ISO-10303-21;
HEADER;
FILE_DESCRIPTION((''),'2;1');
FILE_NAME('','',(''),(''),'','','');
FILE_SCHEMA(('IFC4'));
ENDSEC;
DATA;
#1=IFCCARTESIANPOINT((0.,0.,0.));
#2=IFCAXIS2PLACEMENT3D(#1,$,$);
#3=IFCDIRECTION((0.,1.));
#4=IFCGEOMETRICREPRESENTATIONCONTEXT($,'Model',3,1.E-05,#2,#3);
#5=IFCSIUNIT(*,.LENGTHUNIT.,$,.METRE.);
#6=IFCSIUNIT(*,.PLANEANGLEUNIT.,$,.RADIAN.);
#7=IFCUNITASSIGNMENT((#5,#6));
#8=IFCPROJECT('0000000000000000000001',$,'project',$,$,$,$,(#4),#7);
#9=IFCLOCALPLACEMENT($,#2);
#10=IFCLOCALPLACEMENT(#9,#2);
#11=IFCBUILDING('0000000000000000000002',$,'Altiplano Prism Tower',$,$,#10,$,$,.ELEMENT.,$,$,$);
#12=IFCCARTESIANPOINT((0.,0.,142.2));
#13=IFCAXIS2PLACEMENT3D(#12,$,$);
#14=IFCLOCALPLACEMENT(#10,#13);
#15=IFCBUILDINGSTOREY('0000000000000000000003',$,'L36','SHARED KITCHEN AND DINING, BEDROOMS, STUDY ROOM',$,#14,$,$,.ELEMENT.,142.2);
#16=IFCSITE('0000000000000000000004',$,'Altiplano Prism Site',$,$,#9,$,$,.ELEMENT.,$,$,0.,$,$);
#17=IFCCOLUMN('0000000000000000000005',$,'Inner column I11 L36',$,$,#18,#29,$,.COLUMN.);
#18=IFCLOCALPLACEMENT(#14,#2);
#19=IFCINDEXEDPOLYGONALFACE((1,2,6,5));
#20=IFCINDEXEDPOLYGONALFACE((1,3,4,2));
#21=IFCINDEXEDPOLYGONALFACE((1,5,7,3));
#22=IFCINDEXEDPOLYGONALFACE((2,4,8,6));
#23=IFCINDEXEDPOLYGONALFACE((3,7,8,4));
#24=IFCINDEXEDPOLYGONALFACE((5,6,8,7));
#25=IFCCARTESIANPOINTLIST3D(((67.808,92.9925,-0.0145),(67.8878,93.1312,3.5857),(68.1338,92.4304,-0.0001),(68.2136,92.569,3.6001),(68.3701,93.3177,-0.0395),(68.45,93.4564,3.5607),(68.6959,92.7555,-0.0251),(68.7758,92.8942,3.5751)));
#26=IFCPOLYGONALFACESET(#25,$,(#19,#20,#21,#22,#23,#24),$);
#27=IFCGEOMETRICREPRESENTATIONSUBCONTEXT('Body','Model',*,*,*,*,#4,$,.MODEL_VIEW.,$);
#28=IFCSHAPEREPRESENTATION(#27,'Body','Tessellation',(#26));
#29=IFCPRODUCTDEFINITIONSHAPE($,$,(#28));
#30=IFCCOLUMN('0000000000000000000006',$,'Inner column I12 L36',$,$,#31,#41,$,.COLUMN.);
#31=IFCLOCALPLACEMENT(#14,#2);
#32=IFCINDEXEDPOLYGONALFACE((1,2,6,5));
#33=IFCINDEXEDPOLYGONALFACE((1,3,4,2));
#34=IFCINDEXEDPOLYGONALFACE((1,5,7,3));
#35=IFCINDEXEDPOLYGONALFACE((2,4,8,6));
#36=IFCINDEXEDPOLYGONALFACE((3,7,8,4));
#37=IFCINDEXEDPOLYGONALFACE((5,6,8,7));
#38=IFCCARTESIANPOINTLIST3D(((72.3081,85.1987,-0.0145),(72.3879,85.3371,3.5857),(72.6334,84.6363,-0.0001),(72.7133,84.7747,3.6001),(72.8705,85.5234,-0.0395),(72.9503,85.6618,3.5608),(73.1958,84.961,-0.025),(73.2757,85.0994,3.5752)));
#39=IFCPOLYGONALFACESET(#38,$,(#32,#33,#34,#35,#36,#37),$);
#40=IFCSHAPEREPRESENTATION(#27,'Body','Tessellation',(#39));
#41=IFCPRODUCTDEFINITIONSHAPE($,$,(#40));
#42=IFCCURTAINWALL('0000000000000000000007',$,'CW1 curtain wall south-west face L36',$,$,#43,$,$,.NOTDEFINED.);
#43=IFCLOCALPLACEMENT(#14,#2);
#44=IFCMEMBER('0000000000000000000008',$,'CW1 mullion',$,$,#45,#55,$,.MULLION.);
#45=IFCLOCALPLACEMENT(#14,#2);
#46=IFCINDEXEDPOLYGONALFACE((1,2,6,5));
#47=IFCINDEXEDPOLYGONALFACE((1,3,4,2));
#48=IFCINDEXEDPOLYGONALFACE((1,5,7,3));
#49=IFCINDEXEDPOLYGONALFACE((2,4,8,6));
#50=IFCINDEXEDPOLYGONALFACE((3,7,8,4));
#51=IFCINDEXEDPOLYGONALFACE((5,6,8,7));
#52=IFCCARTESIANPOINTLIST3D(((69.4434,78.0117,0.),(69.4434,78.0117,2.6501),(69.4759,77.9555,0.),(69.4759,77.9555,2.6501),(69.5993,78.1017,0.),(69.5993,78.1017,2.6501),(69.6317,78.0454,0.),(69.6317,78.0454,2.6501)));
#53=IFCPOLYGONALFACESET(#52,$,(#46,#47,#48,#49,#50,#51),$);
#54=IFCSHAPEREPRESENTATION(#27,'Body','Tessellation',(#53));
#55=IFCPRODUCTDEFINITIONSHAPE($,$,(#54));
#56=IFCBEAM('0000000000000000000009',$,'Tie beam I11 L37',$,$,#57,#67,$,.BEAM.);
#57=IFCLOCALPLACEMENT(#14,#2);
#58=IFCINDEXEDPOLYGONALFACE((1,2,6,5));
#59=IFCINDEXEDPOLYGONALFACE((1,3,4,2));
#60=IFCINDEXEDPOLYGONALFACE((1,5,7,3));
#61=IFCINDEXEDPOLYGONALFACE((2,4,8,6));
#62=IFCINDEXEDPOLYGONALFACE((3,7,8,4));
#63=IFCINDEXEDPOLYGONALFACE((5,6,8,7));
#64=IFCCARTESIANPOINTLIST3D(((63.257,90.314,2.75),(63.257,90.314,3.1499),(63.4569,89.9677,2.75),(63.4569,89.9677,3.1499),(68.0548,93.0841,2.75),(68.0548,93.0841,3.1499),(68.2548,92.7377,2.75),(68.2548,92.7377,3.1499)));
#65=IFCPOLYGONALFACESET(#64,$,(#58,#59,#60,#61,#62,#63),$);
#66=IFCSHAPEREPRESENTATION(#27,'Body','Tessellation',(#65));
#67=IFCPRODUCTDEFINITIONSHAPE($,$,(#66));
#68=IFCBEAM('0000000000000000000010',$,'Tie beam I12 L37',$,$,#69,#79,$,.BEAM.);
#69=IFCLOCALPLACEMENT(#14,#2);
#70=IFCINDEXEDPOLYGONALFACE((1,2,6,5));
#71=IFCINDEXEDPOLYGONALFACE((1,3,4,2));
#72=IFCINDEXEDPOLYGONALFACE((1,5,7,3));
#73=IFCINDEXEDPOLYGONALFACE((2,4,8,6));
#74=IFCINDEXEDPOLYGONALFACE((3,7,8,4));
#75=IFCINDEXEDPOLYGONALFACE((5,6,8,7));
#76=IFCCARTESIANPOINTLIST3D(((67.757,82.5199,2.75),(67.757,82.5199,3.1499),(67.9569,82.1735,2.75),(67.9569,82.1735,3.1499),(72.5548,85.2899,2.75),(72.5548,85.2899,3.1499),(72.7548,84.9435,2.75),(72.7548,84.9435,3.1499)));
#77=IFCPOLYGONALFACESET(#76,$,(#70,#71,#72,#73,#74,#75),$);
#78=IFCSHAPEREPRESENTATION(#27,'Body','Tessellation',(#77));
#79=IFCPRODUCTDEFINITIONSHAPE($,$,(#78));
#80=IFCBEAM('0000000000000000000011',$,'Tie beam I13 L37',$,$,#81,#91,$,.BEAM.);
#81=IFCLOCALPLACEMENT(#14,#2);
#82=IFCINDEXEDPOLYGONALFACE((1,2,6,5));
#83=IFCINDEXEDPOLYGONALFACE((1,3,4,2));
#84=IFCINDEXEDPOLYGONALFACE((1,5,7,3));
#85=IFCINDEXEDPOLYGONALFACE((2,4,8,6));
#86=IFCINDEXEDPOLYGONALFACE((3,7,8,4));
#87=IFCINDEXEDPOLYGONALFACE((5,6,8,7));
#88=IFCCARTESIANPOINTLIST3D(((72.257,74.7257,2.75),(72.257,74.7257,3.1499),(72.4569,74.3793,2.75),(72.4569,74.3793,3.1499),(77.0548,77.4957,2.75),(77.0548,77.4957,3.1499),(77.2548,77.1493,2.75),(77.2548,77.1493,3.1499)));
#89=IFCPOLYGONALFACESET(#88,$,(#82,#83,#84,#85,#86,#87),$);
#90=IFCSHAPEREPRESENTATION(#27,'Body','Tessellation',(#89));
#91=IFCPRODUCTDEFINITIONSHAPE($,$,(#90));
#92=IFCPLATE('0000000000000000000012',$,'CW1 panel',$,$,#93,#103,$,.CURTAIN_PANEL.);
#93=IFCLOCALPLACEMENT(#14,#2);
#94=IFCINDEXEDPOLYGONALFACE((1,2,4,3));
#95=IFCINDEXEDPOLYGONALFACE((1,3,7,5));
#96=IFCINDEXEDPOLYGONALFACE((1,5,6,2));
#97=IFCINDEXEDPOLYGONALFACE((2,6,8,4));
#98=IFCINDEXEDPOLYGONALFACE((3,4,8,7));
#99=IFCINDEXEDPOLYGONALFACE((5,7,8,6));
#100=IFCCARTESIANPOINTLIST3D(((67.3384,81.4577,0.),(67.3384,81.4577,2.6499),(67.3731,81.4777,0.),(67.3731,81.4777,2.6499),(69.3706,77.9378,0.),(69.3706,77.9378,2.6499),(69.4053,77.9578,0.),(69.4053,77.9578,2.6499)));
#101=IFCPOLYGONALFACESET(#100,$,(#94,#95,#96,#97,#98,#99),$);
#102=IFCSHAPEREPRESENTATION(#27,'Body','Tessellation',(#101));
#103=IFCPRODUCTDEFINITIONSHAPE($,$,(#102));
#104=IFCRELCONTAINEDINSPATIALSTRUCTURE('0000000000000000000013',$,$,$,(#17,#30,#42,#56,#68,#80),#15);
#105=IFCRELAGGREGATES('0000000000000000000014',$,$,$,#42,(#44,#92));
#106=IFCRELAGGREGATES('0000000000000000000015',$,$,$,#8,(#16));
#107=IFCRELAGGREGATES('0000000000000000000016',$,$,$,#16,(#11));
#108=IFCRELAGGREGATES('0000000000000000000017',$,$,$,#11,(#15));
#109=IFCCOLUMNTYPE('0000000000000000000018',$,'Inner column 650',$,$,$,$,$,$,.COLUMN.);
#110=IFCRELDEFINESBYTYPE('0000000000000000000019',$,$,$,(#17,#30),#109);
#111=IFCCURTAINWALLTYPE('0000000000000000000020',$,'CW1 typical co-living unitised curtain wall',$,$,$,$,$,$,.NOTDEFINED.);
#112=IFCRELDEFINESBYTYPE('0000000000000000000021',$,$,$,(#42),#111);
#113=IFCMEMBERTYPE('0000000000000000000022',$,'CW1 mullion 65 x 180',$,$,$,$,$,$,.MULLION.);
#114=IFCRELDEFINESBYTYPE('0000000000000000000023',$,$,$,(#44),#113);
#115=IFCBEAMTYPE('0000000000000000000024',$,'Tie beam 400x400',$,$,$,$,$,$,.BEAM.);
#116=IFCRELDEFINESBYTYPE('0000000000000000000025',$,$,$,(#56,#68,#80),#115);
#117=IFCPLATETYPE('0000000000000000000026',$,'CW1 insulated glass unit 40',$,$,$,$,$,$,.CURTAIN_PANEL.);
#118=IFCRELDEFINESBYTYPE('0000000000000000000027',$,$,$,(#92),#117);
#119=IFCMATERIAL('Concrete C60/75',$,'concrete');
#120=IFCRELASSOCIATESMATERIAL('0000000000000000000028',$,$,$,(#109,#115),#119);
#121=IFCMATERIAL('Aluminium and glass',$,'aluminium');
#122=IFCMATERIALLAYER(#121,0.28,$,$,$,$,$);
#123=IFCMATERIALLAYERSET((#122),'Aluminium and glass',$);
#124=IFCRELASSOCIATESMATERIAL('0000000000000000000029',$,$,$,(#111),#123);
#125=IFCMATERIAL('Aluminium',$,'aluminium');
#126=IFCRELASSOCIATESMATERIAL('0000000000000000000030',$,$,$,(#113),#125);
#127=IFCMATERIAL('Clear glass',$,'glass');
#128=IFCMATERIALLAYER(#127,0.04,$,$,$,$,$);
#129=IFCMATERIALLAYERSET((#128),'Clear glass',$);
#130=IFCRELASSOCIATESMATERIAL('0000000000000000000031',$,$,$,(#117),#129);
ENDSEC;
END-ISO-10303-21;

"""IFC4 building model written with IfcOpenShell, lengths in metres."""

from ifc_helpers import new_model, si_unit, direction, frame, origin, origin_2d, place, context, subcontext, project, spatial, rectangle, extrude, material, layer, layer_set, material_profile, profile_set, type_object, element, aggregate, save


model = new_model("IFC4")

# Units and contexts
model_context = context("Model", 3, precision=1e-05, world=origin(), true_north=direction((0.0, 1.0)))
body_context = subcontext(model_context, "Body", "Model", "MODEL_VIEW")
ifc_project = project(units=[si_unit("LENGTHUNIT", "METRE"), si_unit("PLANEANGLEUNIT", "RADIAN")], contexts=[model_context])

# Site, building, storey
site_placement = place(None, origin())
site = spatial("IfcSite", under=ifc_project, at=site_placement, Name="Altiplano Prism Site", CompositionType="ELEMENT", RefElevation=0.0)
building_placement = place(site_placement, origin())
building = spatial("IfcBuilding", under=site, at=building_placement, Name="Altiplano Prism Tower", CompositionType="ELEMENT")
storey_placement = place(building_placement, frame((0.0, 0.0, 142.2)))
storey = spatial("IfcBuildingStorey", under=building, at=storey_placement, Name="L36", Description="SHARED KITCHEN AND DINING, BEDROOMS, STUDY ROOM", CompositionType="ELEMENT", Elevation=142.2)

# Columns
ifc_material_1 = material(Name="Concrete C60/75", Category="concrete")
ifc_material_profile_1 = material_profile(ifc_material_1, rectangle(XDim=0.6499, YDim=0.6499, at=origin_2d()), Name="Inner column 650")
ifc_profile_set_1 = profile_set([ifc_material_profile_1], Name="Concrete C60/75")
column_type = type_object("IfcColumnType", Name="Inner column 650", PredefinedType="COLUMN", material=ifc_profile_set_1)
for number, where, z_axis, x_axis, name in (
    (1, (68.252, 92.874, -0.0198), (0.022154, 0.038481, 0.999014), (-0.864977, -0.500336, 0.038454), "Inner column I11 L36"),
    (2, (72.752, 85.0798, -0.0198), (0.022154, 0.038413, 0.999016), (-0.865362, -0.499674, 0.038403), "Inner column I12 L36"),
):
    element("IfcColumn", number, at=place(storey_placement, frame(where, z_axis=z_axis, x_axis=x_axis)), inside=storey, type_object=column_type, Name=name, PredefinedType="COLUMN", context=body_context, shape_type="SweptSolid", body=[
        extrude(rectangle(XDim=0.6499, YDim=0.6499, at=origin_2d()), origin(), (0.0, 0.0, 1.0), 3.6038),
    ])

# Curtain wall, member
ifc_material_2 = material(Name="Aluminium and glass", Category="aluminium")
ifc_layer_1 = layer(ifc_material_2, 0.28)
ifc_layer_set_1 = layer_set([ifc_layer_1], Name="Aluminium and glass")
curtain_wall_type = type_object("IfcCurtainWallType", Name="CW1 typical co-living unitised curtain wall", PredefinedType="NOTDEFINED", material=ifc_layer_set_1)
curtain_wall_placement = place(storey_placement, origin())
curtain_wall = element("IfcCurtainWall", 3, at=curtain_wall_placement, inside=storey, type_object=curtain_wall_type, Name="CW1 curtain wall south-west face L36", PredefinedType="NOTDEFINED")
ifc_material_3 = material(Name="Aluminium", Category="aluminium")
ifc_material_profile_2 = material_profile(ifc_material_3, rectangle(XDim=0.1799, YDim=0.0649, at=origin_2d()), Name="CW1 mullion 65 x 180")
ifc_profile_set_2 = profile_set([ifc_material_profile_2], Name="Aluminium")
member_type = type_object("IfcMemberType", Name="CW1 mullion 65 x 180", PredefinedType="MULLION", material=ifc_profile_set_2)
member_placement = place(storey_placement, frame((69.5376, 78.0286, 0.0), z_axis=(0.0, 0.0, 1.0), x_axis=(0.866025, 0.5, 0.0)))
member = element("IfcMember", 4, at=member_placement, type_object=member_type, Name="CW1 mullion", PredefinedType="MULLION", context=body_context, shape_type="SweptSolid", body=[
    extrude(rectangle(XDim=0.1799, YDim=0.0649, at=origin_2d()), origin(), (0.0, 0.0, 1.0), 2.6501),
])

# Beams
ifc_material_profile_3 = material_profile(ifc_material_1, rectangle(XDim=0.3999, YDim=0.3999, at=origin_2d()), Name="Tie beam 400x400")
ifc_profile_set_3 = profile_set([ifc_material_profile_3], Name="Concrete C60/75")
beam_type = type_object("IfcBeamType", Name="Tie beam 400x400", PredefinedType="BEAM", material=ifc_profile_set_3)
for number, where, z_axis, x_axis, name in (
    (5, (68.1548, 92.9109, 2.95), (-0.866027, -0.499997, 0.0), (0.499997, -0.866027, 0.0), "Tie beam I11 L37"),
    (6, (72.6548, 85.1167, 2.95), (-0.866027, -0.499997, 0.0), (0.499997, -0.866027, 0.0), "Tie beam I12 L37"),
    (7, (77.1548, 77.3225, 2.95), (-0.866027, -0.499997, 0.0), (0.499997, -0.866027, 0.0), "Tie beam I13 L37"),
):
    element("IfcBeam", number, at=place(storey_placement, frame(where, z_axis=z_axis, x_axis=x_axis)), inside=storey, type_object=beam_type, Name=name, PredefinedType="BEAM", context=body_context, shape_type="SweptSolid", body=[
        extrude(rectangle(XDim=0.3999, YDim=0.3999, at=origin_2d()), origin(), (0.0, 0.0, 1.0), 5.54),
    ])

# Plate
ifc_material_4 = material(Name="Clear glass", Category="glass")
ifc_layer_2 = layer(ifc_material_4, 0.04)
ifc_layer_set_2 = layer_set([ifc_layer_2], Name="Clear glass")
plate_type = type_object("IfcPlateType", Name="CW1 insulated glass unit 40", PredefinedType="CURTAIN_PANEL", material=ifc_layer_set_2)
plate_placement = place(storey_placement, frame((68.3718, 79.7078, 0.0), z_axis=(0.0, 0.0, 1.0), x_axis=(0.5, -0.866025, 0.0)))
plate = element("IfcPlate", 8, at=plate_placement, type_object=plate_type, Name="CW1 panel", PredefinedType="CURTAIN_PANEL", context=body_context, shape_type="SweptSolid", body=[
    extrude(rectangle(XDim=4.0645, YDim=0.04, at=origin_2d()), origin(), (0.0, 0.0, 1.0), 2.6499),
])
aggregate(curtain_wall, [member, plate])

save(model, "model.ifc")
